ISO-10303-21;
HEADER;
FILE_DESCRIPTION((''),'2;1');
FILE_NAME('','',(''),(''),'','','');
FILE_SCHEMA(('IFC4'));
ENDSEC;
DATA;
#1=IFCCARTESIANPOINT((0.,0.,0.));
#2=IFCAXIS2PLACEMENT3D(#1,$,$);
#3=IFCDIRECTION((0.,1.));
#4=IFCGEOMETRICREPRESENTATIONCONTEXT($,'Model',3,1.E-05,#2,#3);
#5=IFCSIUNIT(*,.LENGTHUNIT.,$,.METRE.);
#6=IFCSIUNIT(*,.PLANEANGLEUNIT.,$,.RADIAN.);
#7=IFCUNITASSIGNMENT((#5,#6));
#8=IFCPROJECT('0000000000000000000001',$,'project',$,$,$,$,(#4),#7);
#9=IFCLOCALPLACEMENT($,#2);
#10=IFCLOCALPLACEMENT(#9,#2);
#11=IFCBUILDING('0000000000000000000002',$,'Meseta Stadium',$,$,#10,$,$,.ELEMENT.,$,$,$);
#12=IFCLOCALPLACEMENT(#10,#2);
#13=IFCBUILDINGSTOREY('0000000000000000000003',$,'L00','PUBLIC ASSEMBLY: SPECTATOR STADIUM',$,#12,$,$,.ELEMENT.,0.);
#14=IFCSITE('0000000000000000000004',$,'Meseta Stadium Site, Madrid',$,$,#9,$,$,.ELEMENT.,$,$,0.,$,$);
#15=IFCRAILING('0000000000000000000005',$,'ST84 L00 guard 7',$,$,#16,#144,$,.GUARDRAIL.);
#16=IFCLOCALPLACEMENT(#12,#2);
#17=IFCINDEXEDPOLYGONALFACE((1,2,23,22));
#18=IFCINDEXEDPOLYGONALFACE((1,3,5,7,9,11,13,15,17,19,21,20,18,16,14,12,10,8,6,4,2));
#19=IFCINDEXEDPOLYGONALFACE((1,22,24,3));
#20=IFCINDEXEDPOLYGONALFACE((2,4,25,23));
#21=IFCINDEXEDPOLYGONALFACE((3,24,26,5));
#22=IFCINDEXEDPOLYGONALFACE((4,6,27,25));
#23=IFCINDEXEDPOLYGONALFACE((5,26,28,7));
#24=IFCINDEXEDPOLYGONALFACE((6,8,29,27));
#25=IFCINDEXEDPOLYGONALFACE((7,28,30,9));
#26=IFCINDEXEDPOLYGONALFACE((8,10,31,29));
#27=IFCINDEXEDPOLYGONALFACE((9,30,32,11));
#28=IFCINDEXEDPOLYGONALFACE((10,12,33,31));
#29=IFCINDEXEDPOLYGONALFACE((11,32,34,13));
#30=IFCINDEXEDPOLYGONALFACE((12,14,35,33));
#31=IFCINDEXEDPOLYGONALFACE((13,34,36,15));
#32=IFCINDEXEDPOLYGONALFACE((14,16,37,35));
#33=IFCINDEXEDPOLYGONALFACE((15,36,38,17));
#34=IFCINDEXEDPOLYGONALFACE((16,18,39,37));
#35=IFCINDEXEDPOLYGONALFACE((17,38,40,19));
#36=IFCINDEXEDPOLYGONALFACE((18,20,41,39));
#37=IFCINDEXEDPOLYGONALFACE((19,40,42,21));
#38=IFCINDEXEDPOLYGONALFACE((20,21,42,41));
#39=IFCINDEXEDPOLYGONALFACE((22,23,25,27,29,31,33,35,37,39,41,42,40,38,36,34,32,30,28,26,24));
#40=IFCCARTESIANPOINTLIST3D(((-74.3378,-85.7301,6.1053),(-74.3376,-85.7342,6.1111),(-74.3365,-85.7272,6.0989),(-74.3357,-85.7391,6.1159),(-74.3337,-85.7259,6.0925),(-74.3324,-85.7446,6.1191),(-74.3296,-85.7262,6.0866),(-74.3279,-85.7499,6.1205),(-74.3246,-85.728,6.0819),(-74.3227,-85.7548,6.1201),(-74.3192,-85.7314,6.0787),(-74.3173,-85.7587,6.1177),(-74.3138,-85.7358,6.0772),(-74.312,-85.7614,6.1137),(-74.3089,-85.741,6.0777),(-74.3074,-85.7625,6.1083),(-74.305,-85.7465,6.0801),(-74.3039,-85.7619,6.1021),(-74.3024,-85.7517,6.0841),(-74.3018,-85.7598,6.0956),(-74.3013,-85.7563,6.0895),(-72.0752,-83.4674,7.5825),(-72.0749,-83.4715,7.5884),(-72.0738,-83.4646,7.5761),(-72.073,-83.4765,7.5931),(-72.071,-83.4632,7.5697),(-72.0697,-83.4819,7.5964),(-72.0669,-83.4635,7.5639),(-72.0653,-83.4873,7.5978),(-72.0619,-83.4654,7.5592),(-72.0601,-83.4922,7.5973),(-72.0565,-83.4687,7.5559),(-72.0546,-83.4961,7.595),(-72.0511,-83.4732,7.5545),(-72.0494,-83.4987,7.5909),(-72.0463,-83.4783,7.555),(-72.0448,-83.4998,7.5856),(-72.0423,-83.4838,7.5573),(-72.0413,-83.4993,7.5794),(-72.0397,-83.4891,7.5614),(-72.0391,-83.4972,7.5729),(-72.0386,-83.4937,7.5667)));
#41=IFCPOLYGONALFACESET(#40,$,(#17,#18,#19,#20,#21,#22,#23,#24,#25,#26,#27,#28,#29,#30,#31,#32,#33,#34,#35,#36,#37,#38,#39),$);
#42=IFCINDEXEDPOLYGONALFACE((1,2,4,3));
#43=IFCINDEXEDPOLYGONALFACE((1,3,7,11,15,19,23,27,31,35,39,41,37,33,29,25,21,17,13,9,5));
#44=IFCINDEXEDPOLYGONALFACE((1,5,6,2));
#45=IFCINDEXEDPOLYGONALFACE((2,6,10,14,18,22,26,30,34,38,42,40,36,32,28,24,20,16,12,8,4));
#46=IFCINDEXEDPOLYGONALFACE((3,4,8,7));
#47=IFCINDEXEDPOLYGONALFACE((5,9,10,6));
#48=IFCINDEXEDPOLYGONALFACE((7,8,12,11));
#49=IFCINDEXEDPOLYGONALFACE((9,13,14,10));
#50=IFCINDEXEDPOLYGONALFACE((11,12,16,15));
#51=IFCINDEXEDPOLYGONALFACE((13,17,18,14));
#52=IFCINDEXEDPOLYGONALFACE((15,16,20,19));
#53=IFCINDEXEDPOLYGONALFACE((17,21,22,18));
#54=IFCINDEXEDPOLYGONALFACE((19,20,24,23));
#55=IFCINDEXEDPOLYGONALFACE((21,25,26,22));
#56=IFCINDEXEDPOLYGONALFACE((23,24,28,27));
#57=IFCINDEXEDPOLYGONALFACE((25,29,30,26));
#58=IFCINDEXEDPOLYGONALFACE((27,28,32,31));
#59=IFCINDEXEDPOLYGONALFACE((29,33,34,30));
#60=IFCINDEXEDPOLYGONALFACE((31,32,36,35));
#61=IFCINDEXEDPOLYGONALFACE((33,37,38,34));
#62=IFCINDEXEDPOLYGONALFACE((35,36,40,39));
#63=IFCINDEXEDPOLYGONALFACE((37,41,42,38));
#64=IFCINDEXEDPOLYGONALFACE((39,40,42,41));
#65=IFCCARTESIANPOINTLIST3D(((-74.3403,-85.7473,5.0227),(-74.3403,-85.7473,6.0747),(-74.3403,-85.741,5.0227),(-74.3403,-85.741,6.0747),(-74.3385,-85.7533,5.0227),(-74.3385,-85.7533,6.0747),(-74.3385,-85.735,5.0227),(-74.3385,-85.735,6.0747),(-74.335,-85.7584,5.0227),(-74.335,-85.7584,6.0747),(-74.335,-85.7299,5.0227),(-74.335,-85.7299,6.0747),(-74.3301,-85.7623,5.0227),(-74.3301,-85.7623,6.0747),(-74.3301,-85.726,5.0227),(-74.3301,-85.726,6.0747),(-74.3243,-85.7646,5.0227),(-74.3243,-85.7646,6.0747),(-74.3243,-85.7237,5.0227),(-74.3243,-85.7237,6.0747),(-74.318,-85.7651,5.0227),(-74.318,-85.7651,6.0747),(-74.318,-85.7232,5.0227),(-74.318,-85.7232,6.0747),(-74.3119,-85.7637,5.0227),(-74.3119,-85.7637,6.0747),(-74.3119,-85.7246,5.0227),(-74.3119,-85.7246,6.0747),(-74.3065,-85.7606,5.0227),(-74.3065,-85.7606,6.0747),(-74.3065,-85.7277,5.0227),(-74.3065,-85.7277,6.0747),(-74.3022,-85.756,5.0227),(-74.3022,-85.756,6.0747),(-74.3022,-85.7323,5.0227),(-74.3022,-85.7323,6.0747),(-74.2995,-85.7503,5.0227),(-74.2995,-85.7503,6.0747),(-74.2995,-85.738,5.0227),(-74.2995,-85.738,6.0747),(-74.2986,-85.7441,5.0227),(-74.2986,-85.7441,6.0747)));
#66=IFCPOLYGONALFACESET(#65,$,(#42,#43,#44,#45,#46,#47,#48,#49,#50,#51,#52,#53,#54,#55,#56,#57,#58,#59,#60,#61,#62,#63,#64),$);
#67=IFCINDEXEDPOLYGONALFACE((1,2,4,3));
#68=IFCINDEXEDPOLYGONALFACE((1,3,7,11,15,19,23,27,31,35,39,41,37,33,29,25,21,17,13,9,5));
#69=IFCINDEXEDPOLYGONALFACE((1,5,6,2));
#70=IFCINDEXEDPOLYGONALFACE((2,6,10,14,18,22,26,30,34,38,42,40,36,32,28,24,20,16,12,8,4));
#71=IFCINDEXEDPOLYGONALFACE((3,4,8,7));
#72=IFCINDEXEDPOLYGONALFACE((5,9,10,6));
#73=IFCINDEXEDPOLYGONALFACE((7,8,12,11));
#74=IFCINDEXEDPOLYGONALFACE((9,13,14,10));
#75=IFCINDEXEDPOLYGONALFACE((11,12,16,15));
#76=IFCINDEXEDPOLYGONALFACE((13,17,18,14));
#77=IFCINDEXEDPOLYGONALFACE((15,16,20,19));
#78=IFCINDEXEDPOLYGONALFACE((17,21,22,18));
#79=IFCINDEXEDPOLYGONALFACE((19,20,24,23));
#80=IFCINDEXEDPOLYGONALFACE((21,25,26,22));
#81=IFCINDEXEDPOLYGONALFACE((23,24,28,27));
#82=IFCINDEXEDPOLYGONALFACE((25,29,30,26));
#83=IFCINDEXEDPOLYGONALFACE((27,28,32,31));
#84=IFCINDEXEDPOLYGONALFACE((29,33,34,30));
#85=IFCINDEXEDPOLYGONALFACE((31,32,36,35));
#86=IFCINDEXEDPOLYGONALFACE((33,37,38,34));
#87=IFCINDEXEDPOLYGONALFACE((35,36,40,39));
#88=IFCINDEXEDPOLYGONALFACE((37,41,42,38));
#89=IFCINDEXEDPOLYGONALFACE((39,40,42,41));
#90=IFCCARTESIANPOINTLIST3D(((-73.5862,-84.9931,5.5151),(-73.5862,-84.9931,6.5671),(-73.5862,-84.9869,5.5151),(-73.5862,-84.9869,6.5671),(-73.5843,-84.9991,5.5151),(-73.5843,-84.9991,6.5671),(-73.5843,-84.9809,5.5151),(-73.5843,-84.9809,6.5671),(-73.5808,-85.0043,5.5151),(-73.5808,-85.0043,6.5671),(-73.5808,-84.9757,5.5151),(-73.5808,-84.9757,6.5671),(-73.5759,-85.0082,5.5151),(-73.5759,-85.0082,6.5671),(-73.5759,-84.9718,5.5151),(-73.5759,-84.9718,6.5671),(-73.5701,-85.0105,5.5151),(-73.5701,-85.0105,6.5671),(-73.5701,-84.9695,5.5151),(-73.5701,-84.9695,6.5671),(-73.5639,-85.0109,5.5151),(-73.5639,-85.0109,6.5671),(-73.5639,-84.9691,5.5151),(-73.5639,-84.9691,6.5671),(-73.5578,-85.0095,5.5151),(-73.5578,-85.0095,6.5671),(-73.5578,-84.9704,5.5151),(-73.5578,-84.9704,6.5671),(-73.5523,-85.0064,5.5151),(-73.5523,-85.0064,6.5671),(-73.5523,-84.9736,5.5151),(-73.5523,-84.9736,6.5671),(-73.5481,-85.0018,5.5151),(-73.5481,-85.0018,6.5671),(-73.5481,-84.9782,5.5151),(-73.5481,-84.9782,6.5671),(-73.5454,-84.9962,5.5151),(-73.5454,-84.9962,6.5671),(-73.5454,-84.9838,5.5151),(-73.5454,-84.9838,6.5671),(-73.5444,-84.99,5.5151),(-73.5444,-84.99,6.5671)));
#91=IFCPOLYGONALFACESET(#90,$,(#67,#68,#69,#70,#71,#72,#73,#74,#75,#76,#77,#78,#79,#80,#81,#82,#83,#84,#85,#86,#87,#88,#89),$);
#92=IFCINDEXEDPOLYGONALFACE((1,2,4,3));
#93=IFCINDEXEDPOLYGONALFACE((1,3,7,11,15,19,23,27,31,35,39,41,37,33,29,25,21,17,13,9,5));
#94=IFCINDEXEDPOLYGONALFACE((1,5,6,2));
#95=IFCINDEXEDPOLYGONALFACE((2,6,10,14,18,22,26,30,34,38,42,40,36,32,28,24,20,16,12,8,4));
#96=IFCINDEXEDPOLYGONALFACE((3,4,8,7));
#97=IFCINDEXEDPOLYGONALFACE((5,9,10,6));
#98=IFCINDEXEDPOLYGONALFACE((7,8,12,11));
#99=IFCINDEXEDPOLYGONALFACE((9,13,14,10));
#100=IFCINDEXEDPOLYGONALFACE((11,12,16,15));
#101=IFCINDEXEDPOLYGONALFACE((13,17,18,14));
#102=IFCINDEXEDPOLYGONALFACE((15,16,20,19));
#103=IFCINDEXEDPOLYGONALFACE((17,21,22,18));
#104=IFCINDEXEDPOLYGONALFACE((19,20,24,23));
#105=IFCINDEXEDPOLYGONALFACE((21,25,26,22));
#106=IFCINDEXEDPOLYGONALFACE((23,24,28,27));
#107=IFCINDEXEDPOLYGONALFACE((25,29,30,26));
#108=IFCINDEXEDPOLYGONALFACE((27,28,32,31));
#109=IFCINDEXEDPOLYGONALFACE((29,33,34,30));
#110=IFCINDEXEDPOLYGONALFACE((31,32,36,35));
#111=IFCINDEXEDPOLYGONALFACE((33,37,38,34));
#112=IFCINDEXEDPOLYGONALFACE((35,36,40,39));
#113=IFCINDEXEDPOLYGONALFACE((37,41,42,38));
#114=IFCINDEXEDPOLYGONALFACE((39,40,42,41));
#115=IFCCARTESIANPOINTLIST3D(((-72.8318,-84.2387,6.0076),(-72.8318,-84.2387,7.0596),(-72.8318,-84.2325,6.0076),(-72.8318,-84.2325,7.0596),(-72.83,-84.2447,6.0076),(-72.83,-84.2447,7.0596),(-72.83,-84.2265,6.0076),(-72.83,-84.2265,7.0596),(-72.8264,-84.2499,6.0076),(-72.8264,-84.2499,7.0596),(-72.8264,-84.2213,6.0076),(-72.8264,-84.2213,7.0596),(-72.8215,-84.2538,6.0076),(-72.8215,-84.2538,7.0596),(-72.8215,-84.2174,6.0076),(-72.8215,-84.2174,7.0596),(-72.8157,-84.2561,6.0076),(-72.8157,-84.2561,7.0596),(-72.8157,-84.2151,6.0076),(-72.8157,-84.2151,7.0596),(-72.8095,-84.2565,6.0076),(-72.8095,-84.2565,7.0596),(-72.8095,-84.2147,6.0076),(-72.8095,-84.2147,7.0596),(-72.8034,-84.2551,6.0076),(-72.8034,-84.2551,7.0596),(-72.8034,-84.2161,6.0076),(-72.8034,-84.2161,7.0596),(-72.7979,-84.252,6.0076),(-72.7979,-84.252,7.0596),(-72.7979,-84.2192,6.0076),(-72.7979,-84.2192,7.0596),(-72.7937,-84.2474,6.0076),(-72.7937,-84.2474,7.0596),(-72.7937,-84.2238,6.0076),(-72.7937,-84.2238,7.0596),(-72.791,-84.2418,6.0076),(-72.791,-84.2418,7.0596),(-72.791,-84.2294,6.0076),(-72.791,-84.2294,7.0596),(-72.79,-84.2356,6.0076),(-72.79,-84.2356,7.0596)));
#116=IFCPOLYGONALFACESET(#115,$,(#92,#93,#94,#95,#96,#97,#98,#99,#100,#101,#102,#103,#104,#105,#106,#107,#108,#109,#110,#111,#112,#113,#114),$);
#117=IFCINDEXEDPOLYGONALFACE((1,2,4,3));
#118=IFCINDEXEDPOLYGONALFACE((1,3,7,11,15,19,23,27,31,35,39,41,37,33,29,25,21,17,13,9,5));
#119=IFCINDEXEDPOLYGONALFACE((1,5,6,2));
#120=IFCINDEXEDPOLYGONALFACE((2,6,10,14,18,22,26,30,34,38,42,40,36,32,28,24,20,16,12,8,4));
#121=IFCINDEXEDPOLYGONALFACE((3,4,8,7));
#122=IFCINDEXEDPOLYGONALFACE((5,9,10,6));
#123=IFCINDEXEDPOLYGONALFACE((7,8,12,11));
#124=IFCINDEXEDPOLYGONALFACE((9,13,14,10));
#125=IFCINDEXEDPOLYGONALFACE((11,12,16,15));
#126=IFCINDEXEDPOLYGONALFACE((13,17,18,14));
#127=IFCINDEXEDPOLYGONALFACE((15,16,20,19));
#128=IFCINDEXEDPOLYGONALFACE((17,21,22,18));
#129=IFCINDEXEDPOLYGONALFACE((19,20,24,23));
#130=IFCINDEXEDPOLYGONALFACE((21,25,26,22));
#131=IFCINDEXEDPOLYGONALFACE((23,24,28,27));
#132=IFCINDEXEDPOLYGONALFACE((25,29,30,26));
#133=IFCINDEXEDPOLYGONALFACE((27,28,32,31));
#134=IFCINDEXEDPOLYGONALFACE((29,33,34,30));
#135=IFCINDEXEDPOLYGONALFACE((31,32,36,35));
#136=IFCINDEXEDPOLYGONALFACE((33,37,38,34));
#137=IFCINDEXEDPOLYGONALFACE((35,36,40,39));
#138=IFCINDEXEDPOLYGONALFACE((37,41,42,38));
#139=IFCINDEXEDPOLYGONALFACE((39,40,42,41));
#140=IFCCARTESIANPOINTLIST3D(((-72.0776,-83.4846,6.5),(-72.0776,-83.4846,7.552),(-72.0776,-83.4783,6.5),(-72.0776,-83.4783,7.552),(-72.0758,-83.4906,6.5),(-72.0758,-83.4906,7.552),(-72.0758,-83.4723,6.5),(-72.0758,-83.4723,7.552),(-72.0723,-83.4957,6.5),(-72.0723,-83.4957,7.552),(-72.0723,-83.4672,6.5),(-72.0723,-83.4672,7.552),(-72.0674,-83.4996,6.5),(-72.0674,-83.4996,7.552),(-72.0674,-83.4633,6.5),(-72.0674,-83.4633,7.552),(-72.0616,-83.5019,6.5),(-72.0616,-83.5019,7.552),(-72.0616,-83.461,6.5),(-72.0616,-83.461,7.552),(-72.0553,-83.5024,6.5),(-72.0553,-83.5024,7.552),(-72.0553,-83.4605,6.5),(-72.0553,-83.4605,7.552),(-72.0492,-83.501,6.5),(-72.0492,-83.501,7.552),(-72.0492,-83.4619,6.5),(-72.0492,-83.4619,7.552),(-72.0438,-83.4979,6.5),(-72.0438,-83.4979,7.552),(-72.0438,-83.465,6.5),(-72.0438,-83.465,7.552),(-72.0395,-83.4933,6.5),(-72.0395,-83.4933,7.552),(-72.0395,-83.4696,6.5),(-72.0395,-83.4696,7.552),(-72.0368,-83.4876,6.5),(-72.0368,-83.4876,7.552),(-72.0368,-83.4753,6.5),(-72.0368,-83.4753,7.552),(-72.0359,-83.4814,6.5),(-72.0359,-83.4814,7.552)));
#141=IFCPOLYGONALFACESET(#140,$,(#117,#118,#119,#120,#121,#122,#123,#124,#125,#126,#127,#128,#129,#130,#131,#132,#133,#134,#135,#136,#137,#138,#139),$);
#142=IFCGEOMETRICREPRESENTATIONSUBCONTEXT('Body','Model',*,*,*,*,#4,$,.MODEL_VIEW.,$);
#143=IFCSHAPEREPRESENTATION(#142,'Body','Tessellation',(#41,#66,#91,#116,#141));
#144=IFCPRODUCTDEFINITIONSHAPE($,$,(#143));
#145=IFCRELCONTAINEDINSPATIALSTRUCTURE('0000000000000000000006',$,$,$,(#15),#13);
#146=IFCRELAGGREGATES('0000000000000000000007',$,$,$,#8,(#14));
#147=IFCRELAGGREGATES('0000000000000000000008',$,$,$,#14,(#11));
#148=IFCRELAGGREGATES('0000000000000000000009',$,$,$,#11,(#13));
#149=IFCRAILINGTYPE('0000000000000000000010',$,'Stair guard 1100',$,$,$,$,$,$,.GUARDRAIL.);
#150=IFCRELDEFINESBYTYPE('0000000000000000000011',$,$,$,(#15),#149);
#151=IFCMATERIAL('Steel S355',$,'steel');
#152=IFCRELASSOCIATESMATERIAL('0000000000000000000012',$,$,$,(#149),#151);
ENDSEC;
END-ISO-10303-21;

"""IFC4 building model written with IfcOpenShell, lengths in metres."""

from ifc_helpers import new_model, si_unit, direction, frame, origin, origin_2d, place, context, subcontext, project, spatial, circle, extrude, material, type_object, element, save


model = new_model("IFC4")

# Units and contexts
model_context = context("Model", 3, precision=1e-05, world=origin(), true_north=direction((0.0, 1.0)))
body_context = subcontext(model_context, "Body", "Model", "MODEL_VIEW")
ifc_project = project(units=[si_unit("LENGTHUNIT", "METRE"), si_unit("PLANEANGLEUNIT", "RADIAN")], contexts=[model_context])

# Site, building, storey
site_placement = place(None, origin())
site = spatial("IfcSite", under=ifc_project, at=site_placement, Name="Meseta Stadium Site, Madrid", CompositionType="ELEMENT", RefElevation=0.0)
building_placement = place(site_placement, origin())
building = spatial("IfcBuilding", under=site, at=building_placement, Name="Meseta Stadium", CompositionType="ELEMENT")
storey_placement = place(building_placement, origin())
storey = spatial("IfcBuildingStorey", under=building, at=storey_placement, Name="L00", Description="PUBLIC ASSEMBLY: SPECTATOR STADIUM", CompositionType="ELEMENT", Elevation=0.0)

# Railing
ifc_material_1 = material(Name="Steel S355", Category="steel")
railing_type_1 = type_object("IfcRailingType", Name="Stair guard 1100", PredefinedType="GUARDRAIL", material=ifc_material_1)
railing_1_placement = place(storey_placement, frame((-74.3196, -85.7441, 5.0227)))
element("IfcRailing", 1, at=railing_1_placement, inside=storey, type_object=railing_type_1, Name="ST84 L00 guard 7", PredefinedType="GUARDRAIL", context=body_context, shape_type="SweptSolid", body=[
    extrude(circle(Radius=0.0239, at=origin_2d()), frame((0.0, 0.0, 1.0762), z_axis=(0.641994, 0.641994, 0.419152), x_axis=(-0.707107, 0.707107, 0.0)), (0.0, 0.0, 1.0), 3.5244),
    extrude(circle(Radius=0.021, at=origin_2d()), origin(), (0.0, 0.0, 1.0), 1.052),
    extrude(circle(Radius=0.021, at=origin_2d()), frame((0.7542, 0.7542, 0.4924)), (0.0, 0.0, 1.0), 1.052),
    extrude(circle(Radius=0.021, at=origin_2d()), frame((1.5085, 1.5085, 0.9849)), (0.0, 0.0, 1.0), 1.052),
    extrude(circle(Radius=0.021, at=origin_2d()), frame((2.2627, 2.2627, 1.4773)), (0.0, 0.0, 1.0), 1.052),
])

save(model, "model.ifc")
